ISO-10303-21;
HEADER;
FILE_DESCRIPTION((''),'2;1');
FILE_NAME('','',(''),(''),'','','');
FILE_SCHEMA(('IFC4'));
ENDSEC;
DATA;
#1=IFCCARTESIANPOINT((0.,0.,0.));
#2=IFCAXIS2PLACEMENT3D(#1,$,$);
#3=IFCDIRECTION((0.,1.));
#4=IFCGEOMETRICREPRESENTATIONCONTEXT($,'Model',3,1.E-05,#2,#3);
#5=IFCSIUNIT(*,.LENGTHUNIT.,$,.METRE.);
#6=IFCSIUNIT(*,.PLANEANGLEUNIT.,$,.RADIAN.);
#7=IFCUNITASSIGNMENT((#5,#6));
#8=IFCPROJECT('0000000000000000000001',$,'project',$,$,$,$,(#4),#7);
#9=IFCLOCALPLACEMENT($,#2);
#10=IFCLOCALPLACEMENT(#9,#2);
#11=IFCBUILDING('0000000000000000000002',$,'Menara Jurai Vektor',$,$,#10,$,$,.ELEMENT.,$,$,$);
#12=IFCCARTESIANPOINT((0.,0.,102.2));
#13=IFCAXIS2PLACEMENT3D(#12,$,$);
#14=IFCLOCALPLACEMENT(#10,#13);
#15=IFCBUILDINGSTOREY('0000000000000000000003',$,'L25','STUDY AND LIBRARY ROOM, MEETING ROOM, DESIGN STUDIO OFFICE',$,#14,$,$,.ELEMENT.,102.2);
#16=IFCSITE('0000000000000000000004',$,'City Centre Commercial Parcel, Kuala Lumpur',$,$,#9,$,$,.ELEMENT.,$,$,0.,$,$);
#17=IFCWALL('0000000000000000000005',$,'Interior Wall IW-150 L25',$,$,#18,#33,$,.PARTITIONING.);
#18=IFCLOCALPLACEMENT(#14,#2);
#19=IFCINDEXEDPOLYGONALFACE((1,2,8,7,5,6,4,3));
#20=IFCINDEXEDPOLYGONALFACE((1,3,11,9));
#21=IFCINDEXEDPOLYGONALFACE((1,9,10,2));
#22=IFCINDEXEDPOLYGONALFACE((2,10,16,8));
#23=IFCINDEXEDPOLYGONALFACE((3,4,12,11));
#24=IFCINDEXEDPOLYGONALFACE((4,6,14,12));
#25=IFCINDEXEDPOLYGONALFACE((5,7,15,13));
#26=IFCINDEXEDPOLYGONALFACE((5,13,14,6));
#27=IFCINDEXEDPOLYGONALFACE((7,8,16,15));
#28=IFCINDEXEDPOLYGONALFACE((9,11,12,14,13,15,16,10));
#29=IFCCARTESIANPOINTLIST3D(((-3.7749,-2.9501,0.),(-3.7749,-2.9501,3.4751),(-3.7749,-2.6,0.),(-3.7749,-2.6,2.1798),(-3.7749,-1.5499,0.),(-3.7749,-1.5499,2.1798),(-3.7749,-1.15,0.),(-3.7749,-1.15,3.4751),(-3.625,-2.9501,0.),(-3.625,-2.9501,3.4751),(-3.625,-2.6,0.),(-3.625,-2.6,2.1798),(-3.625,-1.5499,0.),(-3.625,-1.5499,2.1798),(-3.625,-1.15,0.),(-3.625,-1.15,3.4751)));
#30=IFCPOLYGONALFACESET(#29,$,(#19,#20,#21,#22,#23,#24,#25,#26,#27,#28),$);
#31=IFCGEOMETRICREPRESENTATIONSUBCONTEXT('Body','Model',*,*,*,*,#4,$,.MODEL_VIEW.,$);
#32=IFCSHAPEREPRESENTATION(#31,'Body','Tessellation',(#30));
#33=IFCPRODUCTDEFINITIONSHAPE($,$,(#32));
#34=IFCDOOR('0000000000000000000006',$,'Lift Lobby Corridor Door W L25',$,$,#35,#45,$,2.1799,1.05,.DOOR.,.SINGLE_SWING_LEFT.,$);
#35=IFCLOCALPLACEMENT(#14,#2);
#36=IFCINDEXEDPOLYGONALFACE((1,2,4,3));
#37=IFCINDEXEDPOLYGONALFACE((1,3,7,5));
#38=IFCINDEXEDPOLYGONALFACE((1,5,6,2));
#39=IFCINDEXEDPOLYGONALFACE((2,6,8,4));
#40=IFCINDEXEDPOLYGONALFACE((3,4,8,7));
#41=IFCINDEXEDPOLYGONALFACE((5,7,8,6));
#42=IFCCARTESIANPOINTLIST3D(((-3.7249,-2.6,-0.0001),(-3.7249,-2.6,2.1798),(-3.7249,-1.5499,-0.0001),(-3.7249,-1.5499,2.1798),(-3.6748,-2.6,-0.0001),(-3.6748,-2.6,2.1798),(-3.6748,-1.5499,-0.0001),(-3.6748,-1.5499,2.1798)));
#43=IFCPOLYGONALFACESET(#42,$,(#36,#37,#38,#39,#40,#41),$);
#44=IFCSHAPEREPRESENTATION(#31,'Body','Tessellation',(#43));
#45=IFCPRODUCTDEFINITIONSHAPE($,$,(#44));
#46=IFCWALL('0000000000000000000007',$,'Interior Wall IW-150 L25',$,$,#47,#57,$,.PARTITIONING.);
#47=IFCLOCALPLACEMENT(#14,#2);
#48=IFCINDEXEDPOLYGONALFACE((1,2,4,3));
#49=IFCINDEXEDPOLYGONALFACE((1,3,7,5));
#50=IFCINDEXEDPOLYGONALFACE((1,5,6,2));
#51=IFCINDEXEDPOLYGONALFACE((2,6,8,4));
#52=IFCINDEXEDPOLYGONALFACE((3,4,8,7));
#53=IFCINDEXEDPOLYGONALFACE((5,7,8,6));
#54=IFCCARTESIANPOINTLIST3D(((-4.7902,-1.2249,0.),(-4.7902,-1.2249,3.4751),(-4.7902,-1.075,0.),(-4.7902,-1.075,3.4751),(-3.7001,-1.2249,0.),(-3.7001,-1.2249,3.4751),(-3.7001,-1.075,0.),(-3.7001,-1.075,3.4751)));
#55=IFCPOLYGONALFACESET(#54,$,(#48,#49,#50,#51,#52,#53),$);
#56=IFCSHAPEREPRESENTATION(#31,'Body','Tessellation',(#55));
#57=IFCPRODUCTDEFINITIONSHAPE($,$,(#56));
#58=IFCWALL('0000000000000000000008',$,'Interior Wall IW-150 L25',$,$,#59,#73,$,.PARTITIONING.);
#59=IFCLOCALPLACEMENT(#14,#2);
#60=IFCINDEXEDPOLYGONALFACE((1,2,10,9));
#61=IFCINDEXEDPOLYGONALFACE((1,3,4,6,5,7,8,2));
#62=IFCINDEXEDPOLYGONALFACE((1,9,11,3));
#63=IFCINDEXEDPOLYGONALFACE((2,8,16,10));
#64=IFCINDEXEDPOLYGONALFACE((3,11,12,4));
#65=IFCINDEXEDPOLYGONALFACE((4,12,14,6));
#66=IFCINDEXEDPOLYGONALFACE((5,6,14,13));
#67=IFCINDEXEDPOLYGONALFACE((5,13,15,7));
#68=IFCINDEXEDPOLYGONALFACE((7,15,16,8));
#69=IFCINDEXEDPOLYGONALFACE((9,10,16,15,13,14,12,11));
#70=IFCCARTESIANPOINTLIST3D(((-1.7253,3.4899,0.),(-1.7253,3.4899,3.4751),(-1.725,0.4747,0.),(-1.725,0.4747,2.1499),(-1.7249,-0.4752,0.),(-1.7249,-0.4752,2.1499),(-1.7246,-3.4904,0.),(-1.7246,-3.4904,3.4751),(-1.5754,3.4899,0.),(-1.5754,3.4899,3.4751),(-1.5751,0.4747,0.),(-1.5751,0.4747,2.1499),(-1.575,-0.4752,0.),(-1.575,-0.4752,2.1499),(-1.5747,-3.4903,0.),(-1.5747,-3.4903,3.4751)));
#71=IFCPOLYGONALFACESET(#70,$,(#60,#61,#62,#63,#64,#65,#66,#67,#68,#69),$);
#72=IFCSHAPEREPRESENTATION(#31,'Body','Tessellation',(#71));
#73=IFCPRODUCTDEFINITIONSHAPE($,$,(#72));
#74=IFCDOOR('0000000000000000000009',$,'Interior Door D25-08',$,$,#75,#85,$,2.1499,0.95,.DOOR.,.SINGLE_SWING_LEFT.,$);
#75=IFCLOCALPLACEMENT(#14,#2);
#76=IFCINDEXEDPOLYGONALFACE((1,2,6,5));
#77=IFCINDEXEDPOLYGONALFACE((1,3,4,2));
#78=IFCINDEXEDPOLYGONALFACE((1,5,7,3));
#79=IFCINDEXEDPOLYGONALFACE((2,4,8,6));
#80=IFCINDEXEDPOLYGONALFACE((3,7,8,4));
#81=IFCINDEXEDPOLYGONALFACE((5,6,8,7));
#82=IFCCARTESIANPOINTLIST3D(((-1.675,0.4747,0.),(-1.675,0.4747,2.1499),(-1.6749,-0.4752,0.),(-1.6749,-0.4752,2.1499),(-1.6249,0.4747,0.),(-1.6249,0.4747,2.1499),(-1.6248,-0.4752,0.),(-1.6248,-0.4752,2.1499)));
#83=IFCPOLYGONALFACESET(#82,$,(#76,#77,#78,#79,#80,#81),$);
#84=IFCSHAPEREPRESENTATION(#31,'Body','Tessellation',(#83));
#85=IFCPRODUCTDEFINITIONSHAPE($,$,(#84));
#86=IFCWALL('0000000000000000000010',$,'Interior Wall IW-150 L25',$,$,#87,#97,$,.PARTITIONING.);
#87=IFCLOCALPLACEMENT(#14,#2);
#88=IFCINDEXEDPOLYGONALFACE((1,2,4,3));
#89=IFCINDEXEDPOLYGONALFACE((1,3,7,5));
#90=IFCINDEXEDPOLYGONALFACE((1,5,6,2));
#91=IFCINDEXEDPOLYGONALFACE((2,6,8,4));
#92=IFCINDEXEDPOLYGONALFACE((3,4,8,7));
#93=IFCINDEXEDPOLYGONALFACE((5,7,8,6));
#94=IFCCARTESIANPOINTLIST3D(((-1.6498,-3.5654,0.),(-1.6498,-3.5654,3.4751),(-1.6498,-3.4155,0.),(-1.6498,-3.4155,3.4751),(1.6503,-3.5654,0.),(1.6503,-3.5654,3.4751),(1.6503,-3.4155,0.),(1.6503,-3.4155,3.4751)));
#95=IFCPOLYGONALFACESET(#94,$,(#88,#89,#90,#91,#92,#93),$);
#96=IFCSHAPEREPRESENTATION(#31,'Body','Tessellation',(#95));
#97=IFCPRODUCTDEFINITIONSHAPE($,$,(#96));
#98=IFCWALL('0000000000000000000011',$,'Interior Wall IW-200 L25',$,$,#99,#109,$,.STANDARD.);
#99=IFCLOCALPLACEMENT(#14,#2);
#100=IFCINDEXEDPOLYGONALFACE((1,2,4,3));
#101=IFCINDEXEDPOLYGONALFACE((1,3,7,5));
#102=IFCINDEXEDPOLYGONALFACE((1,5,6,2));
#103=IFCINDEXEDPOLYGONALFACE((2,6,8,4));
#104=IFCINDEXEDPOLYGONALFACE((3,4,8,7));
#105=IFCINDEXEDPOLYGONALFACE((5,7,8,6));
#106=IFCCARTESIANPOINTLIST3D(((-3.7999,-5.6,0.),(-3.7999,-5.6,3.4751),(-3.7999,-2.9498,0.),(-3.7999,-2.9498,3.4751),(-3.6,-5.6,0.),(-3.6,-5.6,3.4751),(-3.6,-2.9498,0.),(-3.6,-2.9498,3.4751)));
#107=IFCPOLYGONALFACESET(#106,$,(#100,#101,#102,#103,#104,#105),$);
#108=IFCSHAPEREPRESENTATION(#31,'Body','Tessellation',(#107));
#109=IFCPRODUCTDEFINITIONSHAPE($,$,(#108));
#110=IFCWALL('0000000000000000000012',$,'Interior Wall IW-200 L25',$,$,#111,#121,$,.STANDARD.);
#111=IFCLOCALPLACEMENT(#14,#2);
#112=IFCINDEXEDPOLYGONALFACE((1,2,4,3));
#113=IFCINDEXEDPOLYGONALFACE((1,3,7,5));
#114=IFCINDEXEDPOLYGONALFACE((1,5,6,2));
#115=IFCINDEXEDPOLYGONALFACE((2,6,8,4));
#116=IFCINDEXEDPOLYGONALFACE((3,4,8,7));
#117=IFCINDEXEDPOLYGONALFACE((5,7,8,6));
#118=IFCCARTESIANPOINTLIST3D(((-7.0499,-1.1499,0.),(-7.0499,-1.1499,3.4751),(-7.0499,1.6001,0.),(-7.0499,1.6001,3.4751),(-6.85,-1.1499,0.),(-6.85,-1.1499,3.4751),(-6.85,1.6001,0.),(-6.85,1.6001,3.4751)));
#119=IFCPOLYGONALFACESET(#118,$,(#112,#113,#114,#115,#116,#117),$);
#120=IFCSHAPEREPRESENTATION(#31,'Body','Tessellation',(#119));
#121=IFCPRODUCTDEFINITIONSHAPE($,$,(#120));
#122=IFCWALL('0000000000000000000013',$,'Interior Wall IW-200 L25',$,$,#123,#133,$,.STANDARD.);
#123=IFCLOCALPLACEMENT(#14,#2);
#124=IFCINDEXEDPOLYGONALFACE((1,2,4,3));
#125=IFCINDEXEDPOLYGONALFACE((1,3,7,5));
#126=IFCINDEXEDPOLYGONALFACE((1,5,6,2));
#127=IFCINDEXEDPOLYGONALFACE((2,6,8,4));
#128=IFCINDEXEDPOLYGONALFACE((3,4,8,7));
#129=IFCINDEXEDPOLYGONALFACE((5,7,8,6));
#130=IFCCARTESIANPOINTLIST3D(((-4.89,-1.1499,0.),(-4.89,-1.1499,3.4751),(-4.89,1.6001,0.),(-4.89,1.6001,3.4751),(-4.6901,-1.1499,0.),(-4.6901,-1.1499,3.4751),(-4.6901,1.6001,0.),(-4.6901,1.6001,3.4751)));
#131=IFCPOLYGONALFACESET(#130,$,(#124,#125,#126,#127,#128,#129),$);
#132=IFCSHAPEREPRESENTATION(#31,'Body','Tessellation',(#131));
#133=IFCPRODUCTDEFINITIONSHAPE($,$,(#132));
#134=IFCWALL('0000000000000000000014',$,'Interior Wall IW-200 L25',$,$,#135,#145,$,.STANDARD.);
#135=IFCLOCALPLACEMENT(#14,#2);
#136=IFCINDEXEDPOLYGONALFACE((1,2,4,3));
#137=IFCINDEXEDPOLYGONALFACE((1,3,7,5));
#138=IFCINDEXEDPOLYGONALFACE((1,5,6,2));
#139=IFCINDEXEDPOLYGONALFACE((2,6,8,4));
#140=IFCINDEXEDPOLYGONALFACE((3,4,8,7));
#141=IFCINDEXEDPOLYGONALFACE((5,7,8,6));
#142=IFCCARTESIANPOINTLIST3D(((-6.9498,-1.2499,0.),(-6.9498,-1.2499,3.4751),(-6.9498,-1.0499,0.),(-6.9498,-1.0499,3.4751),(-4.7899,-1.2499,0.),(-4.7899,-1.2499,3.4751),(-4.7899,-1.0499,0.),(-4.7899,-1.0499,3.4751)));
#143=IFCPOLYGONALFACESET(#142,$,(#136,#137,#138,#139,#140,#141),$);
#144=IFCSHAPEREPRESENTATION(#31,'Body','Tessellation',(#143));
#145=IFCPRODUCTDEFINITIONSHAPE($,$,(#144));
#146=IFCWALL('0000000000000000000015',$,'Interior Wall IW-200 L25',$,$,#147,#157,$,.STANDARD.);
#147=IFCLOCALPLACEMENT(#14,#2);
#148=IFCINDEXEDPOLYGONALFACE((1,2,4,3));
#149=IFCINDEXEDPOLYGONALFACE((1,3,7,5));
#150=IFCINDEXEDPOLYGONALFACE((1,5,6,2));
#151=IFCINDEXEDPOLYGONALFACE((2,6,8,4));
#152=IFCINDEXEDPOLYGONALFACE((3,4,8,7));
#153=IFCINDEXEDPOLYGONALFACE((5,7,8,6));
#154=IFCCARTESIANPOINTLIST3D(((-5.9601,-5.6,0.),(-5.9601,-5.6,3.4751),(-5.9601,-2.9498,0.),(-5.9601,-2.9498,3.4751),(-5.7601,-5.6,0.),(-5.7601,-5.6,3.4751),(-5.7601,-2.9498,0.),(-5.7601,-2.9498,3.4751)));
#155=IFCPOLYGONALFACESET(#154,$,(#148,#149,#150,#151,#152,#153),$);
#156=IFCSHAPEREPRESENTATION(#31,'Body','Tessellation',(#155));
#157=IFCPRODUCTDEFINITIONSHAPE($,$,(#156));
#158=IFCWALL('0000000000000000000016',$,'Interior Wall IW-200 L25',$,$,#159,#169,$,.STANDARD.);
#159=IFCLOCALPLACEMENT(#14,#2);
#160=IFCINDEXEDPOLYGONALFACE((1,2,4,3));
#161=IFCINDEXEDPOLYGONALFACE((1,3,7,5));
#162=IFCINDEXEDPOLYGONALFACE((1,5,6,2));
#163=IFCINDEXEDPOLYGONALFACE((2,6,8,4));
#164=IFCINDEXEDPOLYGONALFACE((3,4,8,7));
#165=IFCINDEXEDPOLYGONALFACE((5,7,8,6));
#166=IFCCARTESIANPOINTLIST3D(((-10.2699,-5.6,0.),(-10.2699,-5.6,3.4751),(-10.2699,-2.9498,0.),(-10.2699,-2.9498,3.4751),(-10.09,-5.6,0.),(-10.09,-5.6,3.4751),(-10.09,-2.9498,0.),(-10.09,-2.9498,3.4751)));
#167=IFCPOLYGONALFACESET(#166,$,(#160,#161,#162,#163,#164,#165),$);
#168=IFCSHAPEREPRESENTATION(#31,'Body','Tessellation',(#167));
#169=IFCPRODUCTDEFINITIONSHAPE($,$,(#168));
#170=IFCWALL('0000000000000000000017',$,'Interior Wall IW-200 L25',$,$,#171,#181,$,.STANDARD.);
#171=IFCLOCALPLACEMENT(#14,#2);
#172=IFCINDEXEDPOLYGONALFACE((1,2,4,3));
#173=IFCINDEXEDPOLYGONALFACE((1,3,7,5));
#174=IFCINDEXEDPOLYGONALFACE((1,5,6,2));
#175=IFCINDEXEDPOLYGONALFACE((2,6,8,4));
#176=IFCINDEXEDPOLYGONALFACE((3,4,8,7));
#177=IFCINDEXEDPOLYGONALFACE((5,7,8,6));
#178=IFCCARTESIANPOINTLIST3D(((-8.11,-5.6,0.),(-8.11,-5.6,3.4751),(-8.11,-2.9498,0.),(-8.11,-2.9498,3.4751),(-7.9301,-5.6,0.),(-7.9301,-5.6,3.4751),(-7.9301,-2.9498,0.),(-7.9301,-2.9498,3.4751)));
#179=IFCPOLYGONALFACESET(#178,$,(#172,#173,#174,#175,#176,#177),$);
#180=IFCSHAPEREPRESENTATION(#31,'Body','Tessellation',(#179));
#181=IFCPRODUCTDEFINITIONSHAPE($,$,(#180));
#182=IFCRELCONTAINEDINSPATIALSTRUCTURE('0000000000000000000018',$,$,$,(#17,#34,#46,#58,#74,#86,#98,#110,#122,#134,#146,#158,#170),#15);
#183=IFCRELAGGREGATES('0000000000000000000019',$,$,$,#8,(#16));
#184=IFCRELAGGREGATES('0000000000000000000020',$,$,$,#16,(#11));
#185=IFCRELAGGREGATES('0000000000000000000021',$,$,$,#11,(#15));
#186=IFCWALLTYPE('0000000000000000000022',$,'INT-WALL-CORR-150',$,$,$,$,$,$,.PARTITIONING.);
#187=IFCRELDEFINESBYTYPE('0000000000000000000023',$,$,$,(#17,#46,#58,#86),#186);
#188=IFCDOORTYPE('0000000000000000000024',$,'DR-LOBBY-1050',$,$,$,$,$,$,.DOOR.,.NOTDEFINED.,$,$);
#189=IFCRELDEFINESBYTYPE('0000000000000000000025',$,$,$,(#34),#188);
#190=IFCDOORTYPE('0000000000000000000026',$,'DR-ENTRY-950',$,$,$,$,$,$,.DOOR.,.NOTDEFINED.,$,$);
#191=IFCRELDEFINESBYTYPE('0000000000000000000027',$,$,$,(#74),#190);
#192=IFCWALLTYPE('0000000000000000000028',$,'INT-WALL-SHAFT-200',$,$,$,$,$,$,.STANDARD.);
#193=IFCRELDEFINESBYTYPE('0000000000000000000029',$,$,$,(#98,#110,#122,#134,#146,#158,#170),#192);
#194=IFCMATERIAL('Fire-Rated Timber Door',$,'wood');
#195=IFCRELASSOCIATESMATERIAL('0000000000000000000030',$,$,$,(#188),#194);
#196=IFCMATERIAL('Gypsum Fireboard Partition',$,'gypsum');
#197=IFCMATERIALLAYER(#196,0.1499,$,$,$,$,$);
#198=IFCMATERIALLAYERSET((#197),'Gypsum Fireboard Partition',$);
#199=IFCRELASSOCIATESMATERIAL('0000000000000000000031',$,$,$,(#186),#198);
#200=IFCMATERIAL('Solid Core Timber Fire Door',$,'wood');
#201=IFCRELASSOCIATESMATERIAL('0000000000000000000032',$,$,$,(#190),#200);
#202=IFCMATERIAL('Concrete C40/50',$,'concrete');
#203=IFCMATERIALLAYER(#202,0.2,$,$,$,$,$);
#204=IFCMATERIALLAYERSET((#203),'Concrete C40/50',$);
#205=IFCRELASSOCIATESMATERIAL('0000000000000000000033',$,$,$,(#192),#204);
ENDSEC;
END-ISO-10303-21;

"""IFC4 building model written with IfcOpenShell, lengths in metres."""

from ifc_helpers import new_model, si_unit, direction, frame, frame_2d, origin, place, context, subcontext, project, spatial, rectangle, extrude, material, layer, layer_set, type_object, element, fill, save


model = new_model("IFC4")

# Units and contexts
model_context = context("Model", 3, precision=1e-05, world=origin(), true_north=direction((0.0, 1.0)))
body_context = subcontext(model_context, "Body", "Model", "MODEL_VIEW")
ifc_project = project(units=[si_unit("LENGTHUNIT", "METRE"), si_unit("PLANEANGLEUNIT", "RADIAN")], contexts=[model_context])

# Site, building, storey
site_placement = place(None, origin())
site = spatial("IfcSite", under=ifc_project, at=site_placement, Name="City Centre Commercial Parcel, Kuala Lumpur", CompositionType="ELEMENT", RefElevation=0.0)
building_placement = place(site_placement, origin())
building = spatial("IfcBuilding", under=site, at=building_placement, Name="Menara Jurai Vektor", CompositionType="ELEMENT")
storey_placement = place(building_placement, frame((0.0, 0.0, 102.2)))
storey = spatial("IfcBuildingStorey", under=building, at=storey_placement, Name="L25", Description="STUDY AND LIBRARY ROOM, MEETING ROOM, DESIGN STUDIO OFFICE", CompositionType="ELEMENT", Elevation=102.2)

# Shared definitions
ifc_material_1 = material(Name="Concrete C40/50", Category="concrete")

# Shared definitions
ifc_material_2 = material(Name="Fire-Rated Timber Door", Category="wood")
door_type_1 = type_object("IfcDoorType", Name="DR-LOBBY-1050", OperationType="NOTDEFINED", PredefinedType="DOOR", material=ifc_material_2)

# Wall, opening, door
ifc_material_3 = material(Name="Gypsum Fireboard Partition", Category="gypsum")
ifc_layer_1 = layer(ifc_material_3, 0.1499)
ifc_layer_set_1 = layer_set([ifc_layer_1], Name="Gypsum Fireboard Partition")
wall_type_1 = type_object("IfcWallType", Name="INT-WALL-CORR-150", PredefinedType="PARTITIONING", material=ifc_layer_set_1)
wall_1_placement = place(storey_placement, frame((-3.7, -2.95, 0.0), z_axis=(0.0, 0.0, 1.0), x_axis=(0.0, 1.0, 0.0)))
wall_1 = element("IfcWall", 1, at=wall_1_placement, inside=storey, type_object=wall_type_1, Name="Interior Wall IW-150 L25", PredefinedType="PARTITIONING", context=body_context, shape_type="SweptSolid", body=[
    extrude(rectangle(XDim=1.8, YDim=0.1499, at=frame_2d((0.8999, 0.0))), origin(), (0.0, 0.0, 1.0), 3.4751),
])
opening_1_placement = place(wall_1_placement, frame((0.3501, 0.0, 0.0)))
opening_1 = element("IfcOpeningElement", 2, at=opening_1_placement, cuts=wall_1, PredefinedType="OPENING", context=body_context, shape_type="SweptSolid", body=[
    extrude(rectangle(XDim=1.05, YDim=2.1799, at=frame_2d((0.5249, 1.0898))), frame((0.0, 0.085, 0.0), z_axis=(0.0, -1.0, 0.0), x_axis=(1.0, 0.0, 0.0)), (0.0, 0.0, 1.0), 0.1699),
])
door_1_placement = place(opening_1_placement, origin())
door_1 = element("IfcDoor", 3, at=door_1_placement, inside=storey, type_object=door_type_1, Name="Lift Lobby Corridor Door W L25", OperationType="SINGLE_SWING_LEFT", OverallHeight=2.1799, OverallWidth=1.05, PredefinedType="DOOR", context=body_context, shape_type="SweptSolid", body=[
    extrude(rectangle(XDim=1.05, YDim=2.1799, at=frame_2d((0.5249, 1.0898))), frame((0.0, 0.0249, 0.0), z_axis=(0.0, -1.0, 0.0), x_axis=(1.0, 0.0, 0.0)), (0.0, 0.0, 1.0), 0.05),
])
fill(opening_1, door_1)

# Wall
wall_2_placement = place(storey_placement, frame((-4.79, -1.1499, 0.0), z_axis=(0.0, 0.0, 1.0), x_axis=(1.0, 0.0, 0.0)))
element("IfcWall", 4, at=wall_2_placement, inside=storey, type_object=wall_type_1, Name="Interior Wall IW-150 L25", PredefinedType="PARTITIONING", context=body_context, shape_type="SweptSolid", body=[
    extrude(rectangle(XDim=1.0901, YDim=0.1499, at=frame_2d((0.5449, 0.0))), origin(), (0.0, 0.0, 1.0), 3.4751),
])

# Wall, opening, door
wall_3_placement = place(storey_placement, frame((-1.6497, -3.4905, 0.0), z_axis=(0.0, 0.0, 1.0), x_axis=(-0.000105, 1.0, 0.0)))
wall_3 = element("IfcWall", 5, at=wall_3_placement, inside=storey, type_object=wall_type_1, Name="Interior Wall IW-150 L25", PredefinedType="PARTITIONING", context=body_context, shape_type="SweptSolid", body=[
    extrude(rectangle(XDim=6.9802, YDim=0.1499, at=frame_2d((3.4902, 0.0))), origin(), (0.0, 0.0, 1.0), 3.4751),
])
opening_2_placement = place(wall_3_placement, frame((3.0151, 0.0, 0.0)))
opening_2 = element("IfcOpeningElement", 6, at=opening_2_placement, cuts=wall_3, PredefinedType="OPENING", context=body_context, shape_type="SweptSolid", body=[
    extrude(rectangle(XDim=0.95, YDim=2.1499, at=frame_2d((0.4751, 1.075))), frame((0.0, 0.085, 0.0), z_axis=(0.0, -1.0, 0.0), x_axis=(1.0, 0.0, 0.0)), (0.0, 0.0, 1.0), 0.1699),
])
ifc_material_4 = material(Name="Solid Core Timber Fire Door", Category="wood")
door_type_2 = type_object("IfcDoorType", Name="DR-ENTRY-950", OperationType="NOTDEFINED", PredefinedType="DOOR", material=ifc_material_4)
door_2_placement = place(opening_2_placement, origin())
door_2 = element("IfcDoor", 7, at=door_2_placement, inside=storey, type_object=door_type_2, Name="Interior Door D25-08", OperationType="SINGLE_SWING_LEFT", OverallHeight=2.1499, OverallWidth=0.95, PredefinedType="DOOR", context=body_context, shape_type="SweptSolid", body=[
    extrude(rectangle(XDim=0.95, YDim=2.1499, at=frame_2d((0.4751, 1.075))), frame((0.0, 0.0249, 0.0), z_axis=(0.0, -1.0, 0.0), x_axis=(1.0, 0.0, 0.0)), (0.0, 0.0, 1.0), 0.05),
])
fill(opening_2, door_2)

# Walls
wall_4_placement = place(storey_placement, frame((-1.6497, -3.4905, 0.0), z_axis=(0.0, 0.0, 1.0), x_axis=(1.0, 0.0, 0.0)))
element("IfcWall", 8, at=wall_4_placement, inside=storey, type_object=wall_type_1, Name="Interior Wall IW-150 L25", PredefinedType="PARTITIONING", context=body_context, shape_type="SweptSolid", body=[
    extrude(rectangle(XDim=3.3, YDim=0.1499, at=frame_2d((1.6499, 0.0))), origin(), (0.0, 0.0, 1.0), 3.4751),
])
ifc_layer_2 = layer(ifc_material_1, 0.2)
ifc_layer_set_2 = layer_set([ifc_layer_2], Name="Concrete C40/50")
wall_type_2 = type_object("IfcWallType", Name="INT-WALL-SHAFT-200", PredefinedType="STANDARD", material=ifc_layer_set_2)
wall_5_placement = place(storey_placement, frame((-3.7, -5.6001, 0.0), z_axis=(0.0, 0.0, 1.0), x_axis=(0.0, 1.0, 0.0)))
element("IfcWall", 9, at=wall_5_placement, inside=storey, type_object=wall_type_2, Name="Interior Wall IW-200 L25", PredefinedType="STANDARD", context=body_context, shape_type="SweptSolid", body=[
    extrude(rectangle(XDim=2.6501, YDim=0.2, at=frame_2d((1.3252, 0.0))), origin(), (0.0, 0.0, 1.0), 3.4751),
])
wall_6_placement = place(storey_placement, frame((-6.95, -1.1499, 0.0), z_axis=(0.0, 0.0, 1.0), x_axis=(0.0, 1.0, 0.0)))
element("IfcWall", 10, at=wall_6_placement, inside=storey, type_object=wall_type_2, Name="Interior Wall IW-200 L25", PredefinedType="STANDARD", context=body_context, shape_type="SweptSolid", body=[
    extrude(rectangle(XDim=2.75, YDim=0.2, at=frame_2d((1.375, 0.0))), origin(), (0.0, 0.0, 1.0), 3.4751),
])

# Walls
wall_7_placement = place(storey_placement, frame((-4.79, -1.1499, 0.0), z_axis=(0.0, 0.0, 1.0), x_axis=(0.0, 1.0, 0.0)))
element("IfcWall", 11, at=wall_7_placement, inside=storey, type_object=wall_type_2, Name="Interior Wall IW-200 L25", PredefinedType="STANDARD", context=body_context, shape_type="SweptSolid", body=[
    extrude(rectangle(XDim=2.75, YDim=0.2, at=frame_2d((1.375, 0.0))), origin(), (0.0, 0.0, 1.0), 3.4751),
])
wall_8_placement = place(storey_placement, frame((-6.95, -1.1499, 0.0), z_axis=(0.0, 0.0, 1.0), x_axis=(1.0, 0.0, 0.0)))
element("IfcWall", 12, at=wall_8_placement, inside=storey, type_object=wall_type_2, Name="Interior Wall IW-200 L25", PredefinedType="STANDARD", context=body_context, shape_type="SweptSolid", body=[
    extrude(rectangle(XDim=2.1599, YDim=0.2, at=frame_2d((1.0801, 0.0))), origin(), (0.0, 0.0, 1.0), 3.4751),
])

# Walls
wall_9_placement = place(storey_placement, frame((-5.8601, -5.6001, 0.0), z_axis=(0.0, 0.0, 1.0), x_axis=(0.0, 1.0, 0.0)))
element("IfcWall", 13, at=wall_9_placement, inside=storey, type_object=wall_type_2, Name="Interior Wall IW-200 L25", PredefinedType="STANDARD", context=body_context, shape_type="SweptSolid", body=[
    extrude(rectangle(XDim=2.6501, YDim=0.2, at=frame_2d((1.3252, 0.0))), origin(), (0.0, 0.0, 1.0), 3.4751),
])
for number, where, z_axis, x_axis, name in (
    (14, (-10.1799, -5.6001, 0.0), (0.0, 0.0, 1.0), (0.0, 1.0, 0.0), "Interior Wall IW-200 L25"),
    (15, (-8.02, -5.6001, 0.0), (0.0, 0.0, 1.0), (0.0, 1.0, 0.0), "Interior Wall IW-200 L25"),
):
    element("IfcWall", number, at=place(storey_placement, frame(where, z_axis=z_axis, x_axis=x_axis)), inside=storey, type_object=wall_type_2, Name=name, PredefinedType="STANDARD", context=body_context, shape_type="SweptSolid", body=[
        extrude(rectangle(XDim=2.6501, YDim=0.1799, at=frame_2d((1.3252, 0.0))), origin(), (0.0, 0.0, 1.0), 3.4751),
    ])

save(model, "model.ifc")
